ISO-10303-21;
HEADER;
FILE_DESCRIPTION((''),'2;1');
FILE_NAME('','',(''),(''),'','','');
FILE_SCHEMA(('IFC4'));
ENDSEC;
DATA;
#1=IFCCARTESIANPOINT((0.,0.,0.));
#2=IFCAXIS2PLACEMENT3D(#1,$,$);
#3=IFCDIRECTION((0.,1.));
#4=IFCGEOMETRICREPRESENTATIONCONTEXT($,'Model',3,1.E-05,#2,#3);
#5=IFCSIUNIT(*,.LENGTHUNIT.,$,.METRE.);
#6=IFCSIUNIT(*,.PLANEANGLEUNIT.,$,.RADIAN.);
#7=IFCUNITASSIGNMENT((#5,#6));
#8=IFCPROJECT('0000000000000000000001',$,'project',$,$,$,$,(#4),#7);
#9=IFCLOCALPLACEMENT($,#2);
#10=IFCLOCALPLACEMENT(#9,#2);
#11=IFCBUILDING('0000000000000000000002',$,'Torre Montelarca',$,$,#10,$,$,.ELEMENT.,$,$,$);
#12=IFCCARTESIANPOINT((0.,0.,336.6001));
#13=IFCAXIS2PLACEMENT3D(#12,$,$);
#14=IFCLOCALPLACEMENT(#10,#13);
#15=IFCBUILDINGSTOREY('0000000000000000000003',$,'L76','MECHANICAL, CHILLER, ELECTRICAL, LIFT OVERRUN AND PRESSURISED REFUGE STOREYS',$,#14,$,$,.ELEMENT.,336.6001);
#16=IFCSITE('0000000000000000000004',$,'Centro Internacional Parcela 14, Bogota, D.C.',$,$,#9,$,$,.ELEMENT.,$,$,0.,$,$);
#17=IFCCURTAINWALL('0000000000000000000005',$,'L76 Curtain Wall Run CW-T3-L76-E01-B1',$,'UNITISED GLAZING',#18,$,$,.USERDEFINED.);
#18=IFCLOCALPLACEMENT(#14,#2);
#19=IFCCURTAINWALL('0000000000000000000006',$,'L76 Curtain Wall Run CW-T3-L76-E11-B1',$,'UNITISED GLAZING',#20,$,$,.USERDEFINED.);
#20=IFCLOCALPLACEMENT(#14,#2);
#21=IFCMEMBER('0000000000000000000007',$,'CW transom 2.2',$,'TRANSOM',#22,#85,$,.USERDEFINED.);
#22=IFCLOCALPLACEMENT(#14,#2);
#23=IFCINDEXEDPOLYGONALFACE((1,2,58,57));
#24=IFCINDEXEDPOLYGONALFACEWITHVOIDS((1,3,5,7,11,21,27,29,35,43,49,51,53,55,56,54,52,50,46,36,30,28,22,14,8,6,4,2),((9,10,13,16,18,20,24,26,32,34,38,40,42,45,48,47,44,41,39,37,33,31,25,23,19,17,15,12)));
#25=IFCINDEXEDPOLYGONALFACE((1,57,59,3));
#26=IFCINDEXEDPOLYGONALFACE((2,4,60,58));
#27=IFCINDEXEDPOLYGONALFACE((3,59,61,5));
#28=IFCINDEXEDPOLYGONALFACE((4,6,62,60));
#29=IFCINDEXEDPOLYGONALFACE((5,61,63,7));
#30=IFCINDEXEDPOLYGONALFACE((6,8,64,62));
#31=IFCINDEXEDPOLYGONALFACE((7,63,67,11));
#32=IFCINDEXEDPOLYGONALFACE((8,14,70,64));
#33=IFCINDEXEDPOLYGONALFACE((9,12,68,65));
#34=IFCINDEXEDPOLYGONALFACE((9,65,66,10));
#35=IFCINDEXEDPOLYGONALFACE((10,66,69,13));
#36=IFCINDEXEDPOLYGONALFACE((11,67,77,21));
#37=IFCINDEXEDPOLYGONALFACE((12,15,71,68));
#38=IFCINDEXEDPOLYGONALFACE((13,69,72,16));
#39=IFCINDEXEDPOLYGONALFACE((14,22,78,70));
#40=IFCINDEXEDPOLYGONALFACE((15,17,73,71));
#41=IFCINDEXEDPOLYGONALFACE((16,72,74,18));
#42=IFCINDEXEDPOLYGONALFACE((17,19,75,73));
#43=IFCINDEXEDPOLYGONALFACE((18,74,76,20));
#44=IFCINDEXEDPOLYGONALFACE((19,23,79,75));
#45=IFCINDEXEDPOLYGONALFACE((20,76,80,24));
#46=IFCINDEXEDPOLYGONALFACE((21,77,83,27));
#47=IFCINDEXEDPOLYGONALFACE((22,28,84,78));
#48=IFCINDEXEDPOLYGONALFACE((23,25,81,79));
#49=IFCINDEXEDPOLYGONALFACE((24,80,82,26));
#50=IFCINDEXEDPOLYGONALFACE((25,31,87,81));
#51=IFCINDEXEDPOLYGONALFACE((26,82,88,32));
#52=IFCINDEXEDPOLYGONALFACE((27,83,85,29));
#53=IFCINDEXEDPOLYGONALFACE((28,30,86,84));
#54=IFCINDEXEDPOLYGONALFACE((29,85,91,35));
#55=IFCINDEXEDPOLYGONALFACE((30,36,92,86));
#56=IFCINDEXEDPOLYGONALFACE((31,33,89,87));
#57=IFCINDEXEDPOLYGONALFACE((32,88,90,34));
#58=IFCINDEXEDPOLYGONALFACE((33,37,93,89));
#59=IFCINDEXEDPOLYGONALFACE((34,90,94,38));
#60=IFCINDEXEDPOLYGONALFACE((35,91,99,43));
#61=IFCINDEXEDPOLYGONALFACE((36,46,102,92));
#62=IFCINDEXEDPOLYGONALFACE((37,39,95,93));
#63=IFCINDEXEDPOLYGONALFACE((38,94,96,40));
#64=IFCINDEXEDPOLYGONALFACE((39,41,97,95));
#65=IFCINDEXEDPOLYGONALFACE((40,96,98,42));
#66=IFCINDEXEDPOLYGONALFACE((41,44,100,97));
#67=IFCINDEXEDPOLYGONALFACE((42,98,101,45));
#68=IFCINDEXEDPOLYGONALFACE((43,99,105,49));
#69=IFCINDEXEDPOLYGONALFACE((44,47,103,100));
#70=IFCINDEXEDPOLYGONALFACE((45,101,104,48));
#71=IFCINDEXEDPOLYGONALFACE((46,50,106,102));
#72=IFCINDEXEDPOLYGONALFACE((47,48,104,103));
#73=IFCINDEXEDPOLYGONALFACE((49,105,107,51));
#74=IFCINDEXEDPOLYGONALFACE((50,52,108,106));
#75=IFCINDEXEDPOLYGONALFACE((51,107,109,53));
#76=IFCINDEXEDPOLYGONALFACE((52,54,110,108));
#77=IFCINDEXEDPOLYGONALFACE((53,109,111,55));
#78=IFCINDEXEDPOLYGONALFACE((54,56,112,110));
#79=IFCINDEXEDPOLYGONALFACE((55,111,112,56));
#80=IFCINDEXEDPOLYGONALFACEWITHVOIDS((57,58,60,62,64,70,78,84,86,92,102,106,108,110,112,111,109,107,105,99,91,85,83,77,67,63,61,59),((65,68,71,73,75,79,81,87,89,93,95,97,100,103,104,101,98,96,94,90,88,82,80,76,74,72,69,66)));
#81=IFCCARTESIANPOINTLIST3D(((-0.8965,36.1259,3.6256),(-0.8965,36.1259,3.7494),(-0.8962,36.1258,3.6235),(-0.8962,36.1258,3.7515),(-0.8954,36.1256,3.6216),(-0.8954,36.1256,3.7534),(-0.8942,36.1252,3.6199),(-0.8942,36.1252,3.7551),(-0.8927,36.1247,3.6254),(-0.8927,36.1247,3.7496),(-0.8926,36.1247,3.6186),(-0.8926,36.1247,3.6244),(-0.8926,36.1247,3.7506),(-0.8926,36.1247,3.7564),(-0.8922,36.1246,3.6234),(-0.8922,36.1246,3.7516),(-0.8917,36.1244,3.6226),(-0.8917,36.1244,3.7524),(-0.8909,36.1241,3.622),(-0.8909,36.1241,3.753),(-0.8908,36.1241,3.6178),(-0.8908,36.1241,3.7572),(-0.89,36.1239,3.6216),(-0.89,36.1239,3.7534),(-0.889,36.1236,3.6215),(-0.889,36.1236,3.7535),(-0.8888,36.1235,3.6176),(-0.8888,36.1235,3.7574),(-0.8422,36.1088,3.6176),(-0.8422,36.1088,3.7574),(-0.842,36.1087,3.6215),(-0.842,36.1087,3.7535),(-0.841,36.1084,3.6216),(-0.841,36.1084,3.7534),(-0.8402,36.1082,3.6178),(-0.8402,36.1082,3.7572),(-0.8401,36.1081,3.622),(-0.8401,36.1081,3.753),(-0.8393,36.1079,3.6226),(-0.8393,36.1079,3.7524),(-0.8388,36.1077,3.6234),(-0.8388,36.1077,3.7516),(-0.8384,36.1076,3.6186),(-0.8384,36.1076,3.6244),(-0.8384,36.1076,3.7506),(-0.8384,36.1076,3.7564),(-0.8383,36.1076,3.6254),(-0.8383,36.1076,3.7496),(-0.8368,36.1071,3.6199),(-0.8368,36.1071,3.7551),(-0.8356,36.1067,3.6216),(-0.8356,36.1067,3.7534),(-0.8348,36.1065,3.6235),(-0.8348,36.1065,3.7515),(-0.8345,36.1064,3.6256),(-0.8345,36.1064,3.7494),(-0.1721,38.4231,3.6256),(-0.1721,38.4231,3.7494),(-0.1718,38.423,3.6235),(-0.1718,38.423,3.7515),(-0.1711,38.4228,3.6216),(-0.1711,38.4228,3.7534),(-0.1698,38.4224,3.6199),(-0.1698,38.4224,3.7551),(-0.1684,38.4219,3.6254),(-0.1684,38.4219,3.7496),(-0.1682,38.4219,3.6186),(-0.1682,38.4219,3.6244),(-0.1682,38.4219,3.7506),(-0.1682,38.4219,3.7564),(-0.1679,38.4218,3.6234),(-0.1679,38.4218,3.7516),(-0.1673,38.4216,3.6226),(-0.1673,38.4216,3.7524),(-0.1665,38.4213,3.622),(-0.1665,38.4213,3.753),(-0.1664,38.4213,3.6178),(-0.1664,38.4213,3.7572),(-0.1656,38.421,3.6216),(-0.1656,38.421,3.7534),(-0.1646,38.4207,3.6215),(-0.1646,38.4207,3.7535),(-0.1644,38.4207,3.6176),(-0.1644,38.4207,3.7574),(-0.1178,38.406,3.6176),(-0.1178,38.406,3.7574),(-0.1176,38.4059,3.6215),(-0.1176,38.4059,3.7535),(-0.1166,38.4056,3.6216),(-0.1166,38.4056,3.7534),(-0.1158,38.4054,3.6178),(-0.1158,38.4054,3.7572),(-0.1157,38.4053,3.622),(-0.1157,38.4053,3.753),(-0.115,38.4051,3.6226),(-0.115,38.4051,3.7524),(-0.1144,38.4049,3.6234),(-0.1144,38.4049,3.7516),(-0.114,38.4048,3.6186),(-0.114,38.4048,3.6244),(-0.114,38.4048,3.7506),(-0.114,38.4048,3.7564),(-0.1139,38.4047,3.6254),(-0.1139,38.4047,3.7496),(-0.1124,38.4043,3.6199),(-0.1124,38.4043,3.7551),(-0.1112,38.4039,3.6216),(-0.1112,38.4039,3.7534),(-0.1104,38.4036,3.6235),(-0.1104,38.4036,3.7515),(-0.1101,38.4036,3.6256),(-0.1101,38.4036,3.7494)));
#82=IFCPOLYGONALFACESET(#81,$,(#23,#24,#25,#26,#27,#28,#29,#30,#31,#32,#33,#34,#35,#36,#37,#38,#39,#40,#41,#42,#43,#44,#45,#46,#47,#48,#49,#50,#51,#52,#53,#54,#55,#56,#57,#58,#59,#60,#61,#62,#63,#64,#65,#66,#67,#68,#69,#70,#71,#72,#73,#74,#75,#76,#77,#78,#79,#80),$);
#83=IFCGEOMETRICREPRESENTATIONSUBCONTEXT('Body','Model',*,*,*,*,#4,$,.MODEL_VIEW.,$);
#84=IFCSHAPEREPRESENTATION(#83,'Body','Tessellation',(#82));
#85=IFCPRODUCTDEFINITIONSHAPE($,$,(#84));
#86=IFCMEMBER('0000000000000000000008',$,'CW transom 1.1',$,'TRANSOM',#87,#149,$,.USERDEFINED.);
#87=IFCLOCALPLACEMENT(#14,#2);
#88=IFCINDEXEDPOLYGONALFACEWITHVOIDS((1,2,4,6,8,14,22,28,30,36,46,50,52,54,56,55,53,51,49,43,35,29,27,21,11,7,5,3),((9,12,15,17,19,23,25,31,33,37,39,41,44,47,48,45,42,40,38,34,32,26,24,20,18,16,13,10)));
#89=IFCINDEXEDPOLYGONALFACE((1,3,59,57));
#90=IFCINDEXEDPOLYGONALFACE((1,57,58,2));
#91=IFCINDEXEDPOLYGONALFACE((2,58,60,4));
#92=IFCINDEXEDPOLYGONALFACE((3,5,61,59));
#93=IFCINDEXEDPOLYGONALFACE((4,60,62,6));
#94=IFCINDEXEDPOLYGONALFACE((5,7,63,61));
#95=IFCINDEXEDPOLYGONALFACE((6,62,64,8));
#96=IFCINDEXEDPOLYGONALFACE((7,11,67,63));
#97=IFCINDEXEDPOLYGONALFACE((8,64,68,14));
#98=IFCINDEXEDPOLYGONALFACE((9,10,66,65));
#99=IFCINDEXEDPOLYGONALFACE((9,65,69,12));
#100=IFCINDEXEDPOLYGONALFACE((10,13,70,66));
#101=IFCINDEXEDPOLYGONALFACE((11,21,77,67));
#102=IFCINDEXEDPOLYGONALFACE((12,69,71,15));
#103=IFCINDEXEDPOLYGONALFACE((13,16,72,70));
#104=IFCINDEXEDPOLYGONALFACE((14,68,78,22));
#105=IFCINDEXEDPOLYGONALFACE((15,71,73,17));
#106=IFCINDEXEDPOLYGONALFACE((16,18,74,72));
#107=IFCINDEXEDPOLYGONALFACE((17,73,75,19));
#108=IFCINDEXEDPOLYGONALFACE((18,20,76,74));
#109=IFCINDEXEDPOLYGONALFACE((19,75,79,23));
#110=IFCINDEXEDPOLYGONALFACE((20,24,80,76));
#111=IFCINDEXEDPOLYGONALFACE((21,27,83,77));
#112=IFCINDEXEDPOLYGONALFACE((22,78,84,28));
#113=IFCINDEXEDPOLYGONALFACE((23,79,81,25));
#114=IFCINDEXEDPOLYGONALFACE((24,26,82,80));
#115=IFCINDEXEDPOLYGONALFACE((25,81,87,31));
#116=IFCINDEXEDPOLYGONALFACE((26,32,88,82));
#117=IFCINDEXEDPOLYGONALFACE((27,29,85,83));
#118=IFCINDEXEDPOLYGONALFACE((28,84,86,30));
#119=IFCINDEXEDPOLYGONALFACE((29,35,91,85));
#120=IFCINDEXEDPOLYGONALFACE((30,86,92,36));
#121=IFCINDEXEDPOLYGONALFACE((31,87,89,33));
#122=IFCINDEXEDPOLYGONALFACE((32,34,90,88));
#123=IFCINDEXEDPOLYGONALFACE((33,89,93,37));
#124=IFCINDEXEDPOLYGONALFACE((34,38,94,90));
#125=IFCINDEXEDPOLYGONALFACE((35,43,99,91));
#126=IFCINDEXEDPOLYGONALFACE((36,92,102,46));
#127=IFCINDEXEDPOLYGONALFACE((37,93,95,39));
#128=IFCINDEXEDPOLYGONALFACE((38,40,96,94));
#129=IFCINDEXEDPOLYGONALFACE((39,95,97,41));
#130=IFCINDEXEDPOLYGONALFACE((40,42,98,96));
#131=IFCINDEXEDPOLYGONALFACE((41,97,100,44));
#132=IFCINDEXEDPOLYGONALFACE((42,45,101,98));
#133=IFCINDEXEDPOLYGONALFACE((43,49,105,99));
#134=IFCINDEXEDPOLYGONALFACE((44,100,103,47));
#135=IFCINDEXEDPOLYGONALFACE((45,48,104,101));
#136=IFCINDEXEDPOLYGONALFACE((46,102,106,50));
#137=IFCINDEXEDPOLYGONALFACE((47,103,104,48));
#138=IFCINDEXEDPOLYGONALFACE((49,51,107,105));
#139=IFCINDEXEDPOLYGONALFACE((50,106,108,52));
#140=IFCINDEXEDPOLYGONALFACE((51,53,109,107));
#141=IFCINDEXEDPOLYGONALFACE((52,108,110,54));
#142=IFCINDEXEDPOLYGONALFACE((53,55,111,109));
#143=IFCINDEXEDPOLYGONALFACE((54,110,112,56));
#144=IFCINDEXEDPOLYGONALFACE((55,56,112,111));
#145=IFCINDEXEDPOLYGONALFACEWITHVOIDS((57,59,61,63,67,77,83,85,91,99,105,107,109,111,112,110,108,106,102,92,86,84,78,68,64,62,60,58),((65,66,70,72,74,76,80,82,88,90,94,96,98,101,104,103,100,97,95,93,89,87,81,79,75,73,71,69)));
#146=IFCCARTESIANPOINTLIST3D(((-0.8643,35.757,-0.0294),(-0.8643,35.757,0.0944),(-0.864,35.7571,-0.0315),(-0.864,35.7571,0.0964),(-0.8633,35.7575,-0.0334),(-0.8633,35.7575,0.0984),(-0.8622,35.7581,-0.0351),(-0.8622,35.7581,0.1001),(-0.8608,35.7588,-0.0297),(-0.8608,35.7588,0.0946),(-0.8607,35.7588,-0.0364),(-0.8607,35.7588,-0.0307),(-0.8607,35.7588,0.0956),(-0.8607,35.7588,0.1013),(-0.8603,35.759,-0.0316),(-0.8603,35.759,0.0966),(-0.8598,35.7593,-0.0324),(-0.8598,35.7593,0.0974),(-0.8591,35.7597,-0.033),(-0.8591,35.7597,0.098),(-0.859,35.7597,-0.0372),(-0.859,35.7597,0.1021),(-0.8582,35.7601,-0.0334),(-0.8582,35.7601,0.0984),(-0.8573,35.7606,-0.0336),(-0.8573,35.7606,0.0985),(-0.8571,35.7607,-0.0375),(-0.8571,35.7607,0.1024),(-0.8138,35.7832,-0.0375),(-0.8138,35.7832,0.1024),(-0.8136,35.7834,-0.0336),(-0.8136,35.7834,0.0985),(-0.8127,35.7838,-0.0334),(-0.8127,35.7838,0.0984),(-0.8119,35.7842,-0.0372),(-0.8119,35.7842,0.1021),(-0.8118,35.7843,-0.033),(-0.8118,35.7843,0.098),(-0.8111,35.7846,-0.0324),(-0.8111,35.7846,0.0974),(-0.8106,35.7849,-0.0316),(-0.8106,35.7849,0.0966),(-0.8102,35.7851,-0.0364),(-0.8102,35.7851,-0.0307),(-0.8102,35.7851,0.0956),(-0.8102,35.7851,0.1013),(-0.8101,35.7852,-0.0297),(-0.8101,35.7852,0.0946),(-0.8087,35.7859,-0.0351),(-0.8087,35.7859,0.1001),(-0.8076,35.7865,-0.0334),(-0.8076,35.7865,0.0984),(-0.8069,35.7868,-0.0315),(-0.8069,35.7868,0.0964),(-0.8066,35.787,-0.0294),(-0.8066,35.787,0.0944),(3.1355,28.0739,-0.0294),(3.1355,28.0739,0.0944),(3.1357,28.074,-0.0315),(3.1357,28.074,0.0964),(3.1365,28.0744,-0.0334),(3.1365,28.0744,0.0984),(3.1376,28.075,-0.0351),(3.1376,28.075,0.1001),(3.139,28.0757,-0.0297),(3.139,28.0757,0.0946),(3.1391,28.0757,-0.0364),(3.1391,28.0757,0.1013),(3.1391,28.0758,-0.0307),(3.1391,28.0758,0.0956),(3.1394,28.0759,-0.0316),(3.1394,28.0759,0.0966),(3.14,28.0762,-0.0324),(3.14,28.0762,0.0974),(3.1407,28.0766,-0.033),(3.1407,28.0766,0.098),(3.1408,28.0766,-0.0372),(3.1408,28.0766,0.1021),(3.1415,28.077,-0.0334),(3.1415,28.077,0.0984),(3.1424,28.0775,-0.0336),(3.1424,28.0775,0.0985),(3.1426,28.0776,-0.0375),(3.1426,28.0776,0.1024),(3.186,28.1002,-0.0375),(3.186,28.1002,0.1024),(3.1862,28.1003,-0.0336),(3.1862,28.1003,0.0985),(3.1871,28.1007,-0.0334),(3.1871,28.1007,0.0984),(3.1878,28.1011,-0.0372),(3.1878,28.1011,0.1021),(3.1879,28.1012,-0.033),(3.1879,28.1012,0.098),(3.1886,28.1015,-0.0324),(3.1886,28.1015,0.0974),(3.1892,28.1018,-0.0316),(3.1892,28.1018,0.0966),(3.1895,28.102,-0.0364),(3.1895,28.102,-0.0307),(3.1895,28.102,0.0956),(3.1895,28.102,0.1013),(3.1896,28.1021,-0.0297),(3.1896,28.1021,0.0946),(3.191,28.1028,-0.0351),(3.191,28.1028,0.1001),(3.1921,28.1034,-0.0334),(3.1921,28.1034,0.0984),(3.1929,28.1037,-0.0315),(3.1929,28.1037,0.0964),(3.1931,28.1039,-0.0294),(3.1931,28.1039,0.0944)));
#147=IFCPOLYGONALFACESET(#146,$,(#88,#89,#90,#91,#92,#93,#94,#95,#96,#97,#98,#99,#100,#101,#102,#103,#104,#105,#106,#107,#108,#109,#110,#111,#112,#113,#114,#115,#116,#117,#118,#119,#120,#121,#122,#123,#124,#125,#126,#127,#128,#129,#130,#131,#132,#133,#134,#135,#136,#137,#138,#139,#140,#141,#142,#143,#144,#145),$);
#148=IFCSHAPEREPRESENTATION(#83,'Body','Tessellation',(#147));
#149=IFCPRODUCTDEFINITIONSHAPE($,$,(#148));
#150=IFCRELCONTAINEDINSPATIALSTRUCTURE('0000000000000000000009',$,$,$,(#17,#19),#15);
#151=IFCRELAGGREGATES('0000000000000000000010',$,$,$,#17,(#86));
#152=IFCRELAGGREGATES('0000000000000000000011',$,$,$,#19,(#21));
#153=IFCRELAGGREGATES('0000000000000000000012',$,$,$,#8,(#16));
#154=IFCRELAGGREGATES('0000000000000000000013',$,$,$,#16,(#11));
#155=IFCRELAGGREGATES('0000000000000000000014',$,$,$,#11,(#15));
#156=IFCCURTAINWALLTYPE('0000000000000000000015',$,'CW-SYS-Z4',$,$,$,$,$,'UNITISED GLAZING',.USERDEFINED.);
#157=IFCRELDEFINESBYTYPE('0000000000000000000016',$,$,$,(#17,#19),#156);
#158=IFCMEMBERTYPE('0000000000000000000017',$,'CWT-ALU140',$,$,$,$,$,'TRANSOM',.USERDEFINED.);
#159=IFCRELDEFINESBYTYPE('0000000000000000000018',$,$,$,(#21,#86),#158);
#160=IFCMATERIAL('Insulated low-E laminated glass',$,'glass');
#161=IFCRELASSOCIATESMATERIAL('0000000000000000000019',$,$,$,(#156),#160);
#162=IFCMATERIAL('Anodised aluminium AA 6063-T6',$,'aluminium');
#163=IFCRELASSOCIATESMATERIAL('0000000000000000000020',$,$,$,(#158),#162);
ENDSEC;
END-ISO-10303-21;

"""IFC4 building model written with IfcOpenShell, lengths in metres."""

from ifc_helpers import new_model, si_unit, direction, frame, origin, origin_2d, place, context, subcontext, project, spatial, hollow_rectangle, extrude, source, transform, mapped, material, material_profile, profile_set, type_object, element, aggregate, save


model = new_model("IFC4")

# Units and contexts
model_context = context("Model", 3, precision=1e-05, world=origin(), true_north=direction((0.0, 1.0)))
body_context = subcontext(model_context, "Body", "Model", "MODEL_VIEW")
ifc_project = project(units=[si_unit("LENGTHUNIT", "METRE"), si_unit("PLANEANGLEUNIT", "RADIAN")], contexts=[model_context])

# Site, building, storey
site_placement = place(None, origin())
site = spatial("IfcSite", under=ifc_project, at=site_placement, Name="Centro Internacional Parcela 14, Bogota, D.C.", CompositionType="ELEMENT", RefElevation=0.0)
building_placement = place(site_placement, origin())
building = spatial("IfcBuilding", under=site, at=building_placement, Name="Torre Montelarca", CompositionType="ELEMENT")
storey_placement = place(building_placement, frame((0.0, 0.0, 336.6001)))
storey = spatial("IfcBuildingStorey", under=building, at=storey_placement, Name="L76", Description="MECHANICAL, CHILLER, ELECTRICAL, LIFT OVERRUN AND PRESSURISED REFUGE STOREYS", CompositionType="ELEMENT", Elevation=336.6001)

# Curtain wall
ifc_material_1 = material(Name="Insulated low-E laminated glass", Category="glass")
curtain_wall_type = type_object("IfcCurtainWallType", Name="CW-SYS-Z4", ElementType="UNITISED GLAZING", PredefinedType="USERDEFINED", material=ifc_material_1)
curtain_wall_1_placement = place(storey_placement, origin())
curtain_wall_1 = element("IfcCurtainWall", 1, at=curtain_wall_1_placement, inside=storey, type_object=curtain_wall_type, Name="L76 Curtain Wall Run CW-T3-L76-E01-B1", ObjectType="UNITISED GLAZING", PredefinedType="USERDEFINED")
ifc_material_2 = material(Name="Anodised aluminium AA 6063-T6", Category="aluminium")

# Curtain wall, member
curtain_wall_2_placement = place(storey_placement, origin())
curtain_wall_2 = element("IfcCurtainWall", 2, at=curtain_wall_2_placement, inside=storey, type_object=curtain_wall_type, Name="L76 Curtain Wall Run CW-T3-L76-E11-B1", ObjectType="UNITISED GLAZING", PredefinedType="USERDEFINED")
ifc_material_profile_1 = material_profile(ifc_material_2, hollow_rectangle(XDim=0.0649, YDim=0.1399, WallThickness=0.0039, InnerFilletRadius=0.0039, OuterFilletRadius=0.0081, at=origin_2d()), Name="ALU65X140X4", Category="aluminium")
ifc_profile_set_1 = profile_set([ifc_material_profile_1], Name="Anodised aluminium AA 6063-T6")
member_type_1 = type_object("IfcMemberType", Name="CWT-ALU140", ElementType="TRANSOM", PredefinedType="USERDEFINED", material=ifc_profile_set_1)
shared_shape_1 = source(origin(), body_context, "Body", "SweptSolid", [
    extrude(hollow_rectangle(XDim=0.0649, YDim=0.1399, WallThickness=0.0039, InnerFilletRadius=0.0039, OuterFilletRadius=0.0081, at=origin_2d()), origin(), (0.0, 0.0, 1.0), 2.4087),
])
member_1_placement = place(storey_placement, frame((-0.1411, 38.4133, 3.6875), z_axis=(-0.300738, -0.953707, 0.0), x_axis=(0.953707, -0.300738, 0.0)))
member_1 = element("IfcMember", 3, at=member_1_placement, type_object=member_type_1, Name="CW transom 2.2", ObjectType="TRANSOM", PredefinedType="USERDEFINED", context=body_context, shape_type="MappedRepresentation", body=[
    mapped(shared_shape_1, transform((0.0, 0.0, 0.0), scale=1.0)),
])

# Member
shared_shape_2 = source(origin(), body_context, "Body", "SweptSolid", [
    extrude(hollow_rectangle(XDim=0.0649, YDim=0.1399, WallThickness=0.0039, InnerFilletRadius=0.0039, OuterFilletRadius=0.0081, at=origin_2d()), origin(), (0.0, 0.0, 1.0), 8.6619),
])
member_2_placement = place(storey_placement, frame((-0.8354, 35.772, 0.0325), z_axis=(0.461765, -0.887002, 0.0), x_axis=(0.887002, 0.461765, 0.0)))
member_2 = element("IfcMember", 4, at=member_2_placement, type_object=member_type_1, Name="CW transom 1.1", ObjectType="TRANSOM", PredefinedType="USERDEFINED", context=body_context, shape_type="MappedRepresentation", body=[
    mapped(shared_shape_2, transform((0.0, 0.0, 0.0), scale=1.0)),
])
aggregate(curtain_wall_1, [member_2])

aggregate(curtain_wall_2, [member_1])

save(model, "model.ifc")
